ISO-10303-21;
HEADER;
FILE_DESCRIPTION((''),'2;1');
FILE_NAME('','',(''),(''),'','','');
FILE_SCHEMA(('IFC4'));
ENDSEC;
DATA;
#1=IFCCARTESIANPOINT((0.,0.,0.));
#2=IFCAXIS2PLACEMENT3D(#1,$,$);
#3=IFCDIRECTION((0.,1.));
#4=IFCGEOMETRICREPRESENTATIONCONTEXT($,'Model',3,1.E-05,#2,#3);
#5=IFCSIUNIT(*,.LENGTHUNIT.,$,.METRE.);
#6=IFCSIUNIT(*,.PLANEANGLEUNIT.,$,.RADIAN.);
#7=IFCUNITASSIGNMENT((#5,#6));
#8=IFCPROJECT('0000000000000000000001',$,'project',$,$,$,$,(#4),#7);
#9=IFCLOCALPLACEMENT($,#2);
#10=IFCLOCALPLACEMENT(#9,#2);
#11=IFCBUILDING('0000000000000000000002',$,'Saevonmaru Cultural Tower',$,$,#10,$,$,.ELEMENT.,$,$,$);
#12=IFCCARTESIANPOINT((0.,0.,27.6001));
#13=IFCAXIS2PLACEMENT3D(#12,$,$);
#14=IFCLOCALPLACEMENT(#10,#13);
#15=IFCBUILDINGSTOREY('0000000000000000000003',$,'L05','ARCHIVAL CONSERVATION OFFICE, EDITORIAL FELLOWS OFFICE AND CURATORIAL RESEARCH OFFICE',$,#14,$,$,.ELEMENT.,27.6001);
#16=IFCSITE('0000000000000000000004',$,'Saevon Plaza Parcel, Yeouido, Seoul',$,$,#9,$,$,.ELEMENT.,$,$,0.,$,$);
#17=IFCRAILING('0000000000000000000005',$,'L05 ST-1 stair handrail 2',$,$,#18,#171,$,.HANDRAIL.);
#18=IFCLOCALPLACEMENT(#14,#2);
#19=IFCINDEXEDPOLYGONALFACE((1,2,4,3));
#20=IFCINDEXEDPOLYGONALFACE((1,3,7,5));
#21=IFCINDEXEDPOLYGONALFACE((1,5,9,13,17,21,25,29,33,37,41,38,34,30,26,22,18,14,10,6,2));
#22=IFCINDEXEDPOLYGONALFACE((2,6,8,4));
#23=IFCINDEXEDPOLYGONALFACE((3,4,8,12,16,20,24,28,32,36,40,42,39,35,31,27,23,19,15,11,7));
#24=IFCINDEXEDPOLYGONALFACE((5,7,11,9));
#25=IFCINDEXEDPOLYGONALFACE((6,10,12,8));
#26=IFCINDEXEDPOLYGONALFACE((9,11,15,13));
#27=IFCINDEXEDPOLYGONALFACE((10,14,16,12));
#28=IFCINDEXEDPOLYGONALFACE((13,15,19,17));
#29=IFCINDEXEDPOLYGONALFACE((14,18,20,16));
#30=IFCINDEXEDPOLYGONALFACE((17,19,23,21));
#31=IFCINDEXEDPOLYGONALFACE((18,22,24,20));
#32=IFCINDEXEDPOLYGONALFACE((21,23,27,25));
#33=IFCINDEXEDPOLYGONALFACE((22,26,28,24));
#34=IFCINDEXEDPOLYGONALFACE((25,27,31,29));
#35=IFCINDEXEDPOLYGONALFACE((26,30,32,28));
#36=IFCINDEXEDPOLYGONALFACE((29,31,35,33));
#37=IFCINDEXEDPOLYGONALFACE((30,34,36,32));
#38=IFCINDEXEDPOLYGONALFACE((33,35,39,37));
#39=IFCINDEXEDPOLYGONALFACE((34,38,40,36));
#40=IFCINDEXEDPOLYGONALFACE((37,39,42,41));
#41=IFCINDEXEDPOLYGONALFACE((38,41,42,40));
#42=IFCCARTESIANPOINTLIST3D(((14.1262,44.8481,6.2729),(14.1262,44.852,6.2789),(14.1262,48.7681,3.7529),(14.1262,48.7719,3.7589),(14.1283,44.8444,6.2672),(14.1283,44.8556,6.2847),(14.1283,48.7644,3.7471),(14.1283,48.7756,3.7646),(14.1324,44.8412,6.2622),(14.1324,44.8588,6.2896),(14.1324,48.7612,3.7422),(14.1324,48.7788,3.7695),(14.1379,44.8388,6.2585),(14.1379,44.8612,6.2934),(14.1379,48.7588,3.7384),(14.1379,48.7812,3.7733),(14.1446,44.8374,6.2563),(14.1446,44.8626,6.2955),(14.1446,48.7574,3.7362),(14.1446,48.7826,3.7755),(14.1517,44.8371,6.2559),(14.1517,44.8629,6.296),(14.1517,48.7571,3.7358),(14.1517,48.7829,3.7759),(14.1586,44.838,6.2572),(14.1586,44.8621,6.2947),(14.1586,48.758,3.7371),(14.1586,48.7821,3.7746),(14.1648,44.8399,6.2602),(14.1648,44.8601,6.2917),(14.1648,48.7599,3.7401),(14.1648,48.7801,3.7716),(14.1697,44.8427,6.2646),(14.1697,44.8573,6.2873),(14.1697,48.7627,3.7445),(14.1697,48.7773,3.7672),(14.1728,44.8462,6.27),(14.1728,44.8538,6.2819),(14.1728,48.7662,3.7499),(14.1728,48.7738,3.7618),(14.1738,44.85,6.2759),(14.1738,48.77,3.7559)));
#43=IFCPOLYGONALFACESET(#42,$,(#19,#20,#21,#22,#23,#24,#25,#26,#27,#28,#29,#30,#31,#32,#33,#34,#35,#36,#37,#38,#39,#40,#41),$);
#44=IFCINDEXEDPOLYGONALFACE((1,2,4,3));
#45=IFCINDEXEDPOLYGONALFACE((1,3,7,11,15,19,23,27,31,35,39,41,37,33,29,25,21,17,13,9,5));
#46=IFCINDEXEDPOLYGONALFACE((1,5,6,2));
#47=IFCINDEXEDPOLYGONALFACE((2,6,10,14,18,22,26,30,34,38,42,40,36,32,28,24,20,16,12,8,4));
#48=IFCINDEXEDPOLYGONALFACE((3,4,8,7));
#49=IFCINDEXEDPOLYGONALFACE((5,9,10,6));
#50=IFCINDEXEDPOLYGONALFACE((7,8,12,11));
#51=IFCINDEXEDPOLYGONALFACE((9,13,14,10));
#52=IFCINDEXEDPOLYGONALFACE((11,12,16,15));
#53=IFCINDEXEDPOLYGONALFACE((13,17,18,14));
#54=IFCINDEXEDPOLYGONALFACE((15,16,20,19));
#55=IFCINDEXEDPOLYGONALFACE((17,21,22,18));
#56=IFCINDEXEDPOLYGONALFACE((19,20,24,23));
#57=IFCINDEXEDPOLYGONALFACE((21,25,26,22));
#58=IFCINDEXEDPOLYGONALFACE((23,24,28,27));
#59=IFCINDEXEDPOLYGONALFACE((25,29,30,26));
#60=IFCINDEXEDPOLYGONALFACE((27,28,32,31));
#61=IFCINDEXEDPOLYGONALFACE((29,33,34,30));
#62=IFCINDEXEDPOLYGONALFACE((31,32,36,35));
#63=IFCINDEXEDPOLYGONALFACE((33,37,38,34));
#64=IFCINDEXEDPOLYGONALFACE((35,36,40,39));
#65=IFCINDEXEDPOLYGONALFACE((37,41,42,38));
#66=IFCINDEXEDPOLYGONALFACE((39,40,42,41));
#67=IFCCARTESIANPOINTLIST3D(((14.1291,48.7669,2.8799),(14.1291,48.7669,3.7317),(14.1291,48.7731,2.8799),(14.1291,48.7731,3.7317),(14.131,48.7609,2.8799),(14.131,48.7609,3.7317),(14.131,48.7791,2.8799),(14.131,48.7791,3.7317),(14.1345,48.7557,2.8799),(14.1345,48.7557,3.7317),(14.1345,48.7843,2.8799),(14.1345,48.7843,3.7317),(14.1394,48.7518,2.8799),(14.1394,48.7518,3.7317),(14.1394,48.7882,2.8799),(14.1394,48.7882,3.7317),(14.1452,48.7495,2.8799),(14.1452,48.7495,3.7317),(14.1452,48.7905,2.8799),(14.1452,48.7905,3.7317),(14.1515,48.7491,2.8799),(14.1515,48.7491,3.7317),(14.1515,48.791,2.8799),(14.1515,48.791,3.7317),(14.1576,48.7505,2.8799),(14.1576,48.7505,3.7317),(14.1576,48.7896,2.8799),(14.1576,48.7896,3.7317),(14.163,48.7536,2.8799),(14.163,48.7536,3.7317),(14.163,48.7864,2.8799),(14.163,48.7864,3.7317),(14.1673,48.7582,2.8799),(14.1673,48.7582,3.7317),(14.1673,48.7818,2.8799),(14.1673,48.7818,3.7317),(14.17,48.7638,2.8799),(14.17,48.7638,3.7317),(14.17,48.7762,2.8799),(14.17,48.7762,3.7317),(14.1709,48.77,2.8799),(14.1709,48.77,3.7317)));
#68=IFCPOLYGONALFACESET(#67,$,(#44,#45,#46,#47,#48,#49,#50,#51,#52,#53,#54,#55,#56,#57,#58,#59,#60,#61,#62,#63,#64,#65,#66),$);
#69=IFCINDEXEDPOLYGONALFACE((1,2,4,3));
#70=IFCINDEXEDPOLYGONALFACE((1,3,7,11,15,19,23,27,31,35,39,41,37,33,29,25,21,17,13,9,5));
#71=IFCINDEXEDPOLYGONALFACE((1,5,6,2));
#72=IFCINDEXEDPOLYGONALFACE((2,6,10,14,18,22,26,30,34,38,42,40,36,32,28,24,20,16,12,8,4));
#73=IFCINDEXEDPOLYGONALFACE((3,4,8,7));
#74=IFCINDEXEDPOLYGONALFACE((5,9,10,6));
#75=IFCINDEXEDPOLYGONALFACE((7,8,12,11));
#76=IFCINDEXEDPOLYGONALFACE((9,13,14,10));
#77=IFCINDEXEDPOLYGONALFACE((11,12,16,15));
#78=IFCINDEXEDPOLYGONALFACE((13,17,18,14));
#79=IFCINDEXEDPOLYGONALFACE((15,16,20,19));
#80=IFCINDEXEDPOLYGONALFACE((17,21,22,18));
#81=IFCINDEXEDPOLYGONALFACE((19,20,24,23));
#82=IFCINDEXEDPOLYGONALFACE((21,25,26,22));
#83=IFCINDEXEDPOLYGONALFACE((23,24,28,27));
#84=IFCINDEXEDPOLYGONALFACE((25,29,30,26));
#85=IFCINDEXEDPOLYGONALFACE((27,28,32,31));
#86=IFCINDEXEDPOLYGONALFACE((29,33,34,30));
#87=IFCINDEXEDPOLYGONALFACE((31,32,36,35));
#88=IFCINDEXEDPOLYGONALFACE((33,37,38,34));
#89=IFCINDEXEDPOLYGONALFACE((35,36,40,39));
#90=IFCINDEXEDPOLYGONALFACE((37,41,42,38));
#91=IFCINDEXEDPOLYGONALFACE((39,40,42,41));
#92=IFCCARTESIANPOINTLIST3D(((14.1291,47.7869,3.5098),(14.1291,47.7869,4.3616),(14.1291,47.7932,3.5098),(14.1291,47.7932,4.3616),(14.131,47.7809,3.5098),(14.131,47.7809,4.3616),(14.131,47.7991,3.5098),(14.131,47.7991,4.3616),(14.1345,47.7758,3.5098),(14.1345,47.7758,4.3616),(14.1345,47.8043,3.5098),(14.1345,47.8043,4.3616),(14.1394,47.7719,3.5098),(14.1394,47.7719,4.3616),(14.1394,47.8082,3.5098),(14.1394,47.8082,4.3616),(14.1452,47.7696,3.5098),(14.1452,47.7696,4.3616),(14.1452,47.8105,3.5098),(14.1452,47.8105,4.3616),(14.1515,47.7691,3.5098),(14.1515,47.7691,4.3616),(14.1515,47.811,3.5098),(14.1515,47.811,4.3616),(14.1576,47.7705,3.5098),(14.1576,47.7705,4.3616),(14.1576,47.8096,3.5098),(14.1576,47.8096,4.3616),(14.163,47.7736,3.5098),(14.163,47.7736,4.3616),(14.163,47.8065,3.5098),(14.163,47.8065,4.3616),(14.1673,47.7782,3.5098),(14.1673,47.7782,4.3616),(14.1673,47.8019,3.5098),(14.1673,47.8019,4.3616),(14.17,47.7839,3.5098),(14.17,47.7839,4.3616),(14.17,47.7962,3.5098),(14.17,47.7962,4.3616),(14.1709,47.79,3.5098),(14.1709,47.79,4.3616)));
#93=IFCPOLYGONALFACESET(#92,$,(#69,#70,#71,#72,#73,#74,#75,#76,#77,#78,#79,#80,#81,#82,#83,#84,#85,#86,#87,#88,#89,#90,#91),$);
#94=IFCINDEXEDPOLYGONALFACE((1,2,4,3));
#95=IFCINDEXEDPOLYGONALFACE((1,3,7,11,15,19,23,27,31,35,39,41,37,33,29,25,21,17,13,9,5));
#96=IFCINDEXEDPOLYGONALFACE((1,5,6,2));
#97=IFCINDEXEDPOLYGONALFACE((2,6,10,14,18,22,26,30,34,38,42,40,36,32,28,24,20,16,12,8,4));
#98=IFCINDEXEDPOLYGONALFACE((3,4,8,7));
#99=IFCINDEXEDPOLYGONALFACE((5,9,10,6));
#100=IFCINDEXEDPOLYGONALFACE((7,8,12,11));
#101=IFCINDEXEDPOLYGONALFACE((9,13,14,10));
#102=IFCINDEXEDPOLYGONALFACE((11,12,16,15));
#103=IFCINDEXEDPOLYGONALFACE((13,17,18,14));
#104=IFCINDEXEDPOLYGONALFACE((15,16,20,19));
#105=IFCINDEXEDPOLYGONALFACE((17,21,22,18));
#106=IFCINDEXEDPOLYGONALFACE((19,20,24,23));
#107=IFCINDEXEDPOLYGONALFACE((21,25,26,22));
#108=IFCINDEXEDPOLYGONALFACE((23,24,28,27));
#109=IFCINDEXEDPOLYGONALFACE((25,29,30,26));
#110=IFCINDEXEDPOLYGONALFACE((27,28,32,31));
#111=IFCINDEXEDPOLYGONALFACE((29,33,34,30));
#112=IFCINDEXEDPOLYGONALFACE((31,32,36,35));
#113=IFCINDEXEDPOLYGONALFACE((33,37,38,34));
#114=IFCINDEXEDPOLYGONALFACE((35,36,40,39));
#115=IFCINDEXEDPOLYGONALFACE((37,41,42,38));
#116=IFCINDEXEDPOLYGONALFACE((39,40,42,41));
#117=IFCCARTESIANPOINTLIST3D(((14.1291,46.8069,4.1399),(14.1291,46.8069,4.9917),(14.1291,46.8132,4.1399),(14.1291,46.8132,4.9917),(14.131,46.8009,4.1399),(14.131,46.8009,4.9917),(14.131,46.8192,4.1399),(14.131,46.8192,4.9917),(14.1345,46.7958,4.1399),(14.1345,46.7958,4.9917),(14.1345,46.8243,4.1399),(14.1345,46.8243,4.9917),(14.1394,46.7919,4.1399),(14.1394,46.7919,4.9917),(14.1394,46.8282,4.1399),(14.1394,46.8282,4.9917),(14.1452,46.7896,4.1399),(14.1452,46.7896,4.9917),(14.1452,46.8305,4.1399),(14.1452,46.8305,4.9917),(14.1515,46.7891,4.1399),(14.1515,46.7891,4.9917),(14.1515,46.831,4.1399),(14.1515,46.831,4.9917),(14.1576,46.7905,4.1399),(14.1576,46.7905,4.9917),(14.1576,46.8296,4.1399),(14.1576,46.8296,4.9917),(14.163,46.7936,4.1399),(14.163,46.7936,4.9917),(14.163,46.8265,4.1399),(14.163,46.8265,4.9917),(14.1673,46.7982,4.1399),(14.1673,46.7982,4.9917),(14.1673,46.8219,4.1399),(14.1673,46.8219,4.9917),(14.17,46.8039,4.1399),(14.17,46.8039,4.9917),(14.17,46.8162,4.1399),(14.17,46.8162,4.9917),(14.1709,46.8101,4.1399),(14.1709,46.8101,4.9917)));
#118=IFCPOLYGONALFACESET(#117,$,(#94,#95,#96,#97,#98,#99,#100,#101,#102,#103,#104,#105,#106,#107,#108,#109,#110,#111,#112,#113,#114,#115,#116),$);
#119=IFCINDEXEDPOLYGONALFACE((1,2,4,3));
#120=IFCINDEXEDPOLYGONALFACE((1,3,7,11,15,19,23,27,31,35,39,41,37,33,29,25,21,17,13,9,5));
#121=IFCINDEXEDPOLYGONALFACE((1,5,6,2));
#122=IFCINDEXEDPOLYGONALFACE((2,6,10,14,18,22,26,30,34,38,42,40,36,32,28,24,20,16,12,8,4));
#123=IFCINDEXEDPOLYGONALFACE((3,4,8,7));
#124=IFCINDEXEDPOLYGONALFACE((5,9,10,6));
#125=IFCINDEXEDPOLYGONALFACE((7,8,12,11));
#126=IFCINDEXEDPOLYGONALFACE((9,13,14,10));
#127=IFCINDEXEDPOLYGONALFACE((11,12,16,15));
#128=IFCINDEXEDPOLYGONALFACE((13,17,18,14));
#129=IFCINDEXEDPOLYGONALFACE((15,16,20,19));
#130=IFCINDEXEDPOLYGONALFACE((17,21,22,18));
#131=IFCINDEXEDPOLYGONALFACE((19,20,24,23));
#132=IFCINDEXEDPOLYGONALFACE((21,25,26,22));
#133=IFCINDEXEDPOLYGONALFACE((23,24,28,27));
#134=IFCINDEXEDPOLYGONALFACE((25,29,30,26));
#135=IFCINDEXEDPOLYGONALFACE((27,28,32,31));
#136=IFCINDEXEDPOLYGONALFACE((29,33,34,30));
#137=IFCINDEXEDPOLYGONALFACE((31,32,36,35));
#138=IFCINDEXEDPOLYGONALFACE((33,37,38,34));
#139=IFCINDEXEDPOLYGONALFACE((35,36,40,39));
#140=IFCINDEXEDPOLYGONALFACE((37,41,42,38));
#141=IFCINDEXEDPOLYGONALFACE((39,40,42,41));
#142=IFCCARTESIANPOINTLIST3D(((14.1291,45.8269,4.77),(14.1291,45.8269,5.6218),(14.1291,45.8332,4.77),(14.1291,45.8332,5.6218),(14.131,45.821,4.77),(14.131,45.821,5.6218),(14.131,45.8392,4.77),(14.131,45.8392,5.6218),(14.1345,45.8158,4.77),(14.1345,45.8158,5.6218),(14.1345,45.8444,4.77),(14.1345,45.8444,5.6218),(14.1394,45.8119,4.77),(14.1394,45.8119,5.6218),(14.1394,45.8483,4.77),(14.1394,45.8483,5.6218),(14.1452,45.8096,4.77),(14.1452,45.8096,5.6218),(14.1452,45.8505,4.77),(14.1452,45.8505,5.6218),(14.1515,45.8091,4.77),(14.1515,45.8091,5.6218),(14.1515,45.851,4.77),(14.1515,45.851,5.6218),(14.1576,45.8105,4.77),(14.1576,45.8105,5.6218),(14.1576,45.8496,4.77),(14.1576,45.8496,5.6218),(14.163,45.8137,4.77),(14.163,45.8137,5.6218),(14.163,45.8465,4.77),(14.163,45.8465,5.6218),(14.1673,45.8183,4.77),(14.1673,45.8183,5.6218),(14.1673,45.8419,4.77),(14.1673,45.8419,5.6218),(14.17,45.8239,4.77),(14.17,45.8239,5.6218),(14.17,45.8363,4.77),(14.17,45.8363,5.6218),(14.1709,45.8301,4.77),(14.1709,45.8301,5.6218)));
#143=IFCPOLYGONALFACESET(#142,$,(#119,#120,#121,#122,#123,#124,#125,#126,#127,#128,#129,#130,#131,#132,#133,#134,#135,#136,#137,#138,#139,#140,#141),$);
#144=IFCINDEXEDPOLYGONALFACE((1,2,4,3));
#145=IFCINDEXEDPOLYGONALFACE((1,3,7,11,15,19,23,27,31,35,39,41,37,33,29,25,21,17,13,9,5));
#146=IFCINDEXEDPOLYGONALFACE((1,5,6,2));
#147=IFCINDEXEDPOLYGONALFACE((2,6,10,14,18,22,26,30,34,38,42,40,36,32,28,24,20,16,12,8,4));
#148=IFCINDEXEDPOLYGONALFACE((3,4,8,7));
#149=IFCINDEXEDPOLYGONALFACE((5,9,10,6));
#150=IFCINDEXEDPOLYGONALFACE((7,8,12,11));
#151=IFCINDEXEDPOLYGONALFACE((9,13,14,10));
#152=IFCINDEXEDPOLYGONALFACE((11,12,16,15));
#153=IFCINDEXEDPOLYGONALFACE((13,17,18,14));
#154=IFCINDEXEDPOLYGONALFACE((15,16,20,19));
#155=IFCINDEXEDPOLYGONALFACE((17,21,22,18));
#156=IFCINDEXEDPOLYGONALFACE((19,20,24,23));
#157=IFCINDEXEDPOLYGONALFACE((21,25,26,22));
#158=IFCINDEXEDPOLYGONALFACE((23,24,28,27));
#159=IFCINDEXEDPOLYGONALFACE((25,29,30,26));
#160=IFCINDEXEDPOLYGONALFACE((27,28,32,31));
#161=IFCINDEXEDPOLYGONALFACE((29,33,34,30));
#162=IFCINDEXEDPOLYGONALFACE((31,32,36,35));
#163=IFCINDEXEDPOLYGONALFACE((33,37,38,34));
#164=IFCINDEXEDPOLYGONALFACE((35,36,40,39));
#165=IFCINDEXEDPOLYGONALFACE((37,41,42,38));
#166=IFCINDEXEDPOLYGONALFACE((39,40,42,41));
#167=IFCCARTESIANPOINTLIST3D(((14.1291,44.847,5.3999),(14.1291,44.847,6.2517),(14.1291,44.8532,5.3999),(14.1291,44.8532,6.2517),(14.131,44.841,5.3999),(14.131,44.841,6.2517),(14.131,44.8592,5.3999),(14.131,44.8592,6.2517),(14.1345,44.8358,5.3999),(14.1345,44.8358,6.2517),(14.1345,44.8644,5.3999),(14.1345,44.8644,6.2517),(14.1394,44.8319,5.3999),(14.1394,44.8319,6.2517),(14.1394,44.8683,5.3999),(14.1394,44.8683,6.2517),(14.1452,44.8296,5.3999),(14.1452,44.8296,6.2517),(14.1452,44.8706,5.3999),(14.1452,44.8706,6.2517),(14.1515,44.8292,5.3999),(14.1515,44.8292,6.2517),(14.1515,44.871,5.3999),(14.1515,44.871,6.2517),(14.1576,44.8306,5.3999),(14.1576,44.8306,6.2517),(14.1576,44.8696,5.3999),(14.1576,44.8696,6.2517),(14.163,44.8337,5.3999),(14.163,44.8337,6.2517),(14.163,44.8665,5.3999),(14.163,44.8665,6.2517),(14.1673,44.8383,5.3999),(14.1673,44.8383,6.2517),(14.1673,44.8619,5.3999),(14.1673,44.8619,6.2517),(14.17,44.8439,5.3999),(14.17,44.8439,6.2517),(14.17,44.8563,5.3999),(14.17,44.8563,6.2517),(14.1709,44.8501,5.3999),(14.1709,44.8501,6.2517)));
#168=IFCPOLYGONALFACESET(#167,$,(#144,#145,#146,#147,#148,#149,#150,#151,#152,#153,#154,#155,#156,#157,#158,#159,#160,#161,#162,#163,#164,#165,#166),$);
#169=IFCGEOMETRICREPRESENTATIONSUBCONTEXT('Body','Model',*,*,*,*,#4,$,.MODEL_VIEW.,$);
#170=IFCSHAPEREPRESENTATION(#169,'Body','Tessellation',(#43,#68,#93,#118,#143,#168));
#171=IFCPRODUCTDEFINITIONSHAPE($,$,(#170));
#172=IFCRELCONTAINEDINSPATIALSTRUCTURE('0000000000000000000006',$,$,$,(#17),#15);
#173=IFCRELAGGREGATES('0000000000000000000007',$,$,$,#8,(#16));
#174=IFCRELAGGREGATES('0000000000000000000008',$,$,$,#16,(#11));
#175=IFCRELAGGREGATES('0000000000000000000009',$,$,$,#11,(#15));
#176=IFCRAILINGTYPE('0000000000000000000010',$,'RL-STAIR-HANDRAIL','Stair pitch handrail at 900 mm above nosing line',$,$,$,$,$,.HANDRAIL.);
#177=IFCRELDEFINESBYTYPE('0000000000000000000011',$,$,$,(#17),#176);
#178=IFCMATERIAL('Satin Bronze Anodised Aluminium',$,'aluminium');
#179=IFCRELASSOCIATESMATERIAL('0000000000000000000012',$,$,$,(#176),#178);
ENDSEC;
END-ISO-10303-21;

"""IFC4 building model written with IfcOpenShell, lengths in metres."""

from ifc_helpers import new_model, si_unit, direction, frame, origin, origin_2d, place, context, subcontext, project, spatial, circle, extrude, material, type_object, element, save


model = new_model("IFC4")

# Units and contexts
model_context = context("Model", 3, precision=1e-05, world=origin(), true_north=direction((0.0, 1.0)))
body_context = subcontext(model_context, "Body", "Model", "MODEL_VIEW")
ifc_project = project(units=[si_unit("LENGTHUNIT", "METRE"), si_unit("PLANEANGLEUNIT", "RADIAN")], contexts=[model_context])

# Site, building, storey
site_placement = place(None, origin())
site = spatial("IfcSite", under=ifc_project, at=site_placement, Name="Saevon Plaza Parcel, Yeouido, Seoul", CompositionType="ELEMENT", RefElevation=0.0)
building_placement = place(site_placement, origin())
building = spatial("IfcBuilding", under=site, at=building_placement, Name="Saevonmaru Cultural Tower", CompositionType="ELEMENT")
storey_placement = place(building_placement, frame((0.0, 0.0, 27.6001)))
storey = spatial("IfcBuildingStorey", under=building, at=storey_placement, Name="L05", Description="ARCHIVAL CONSERVATION OFFICE, EDITORIAL FELLOWS OFFICE AND CURATORIAL RESEARCH OFFICE", CompositionType="ELEMENT", Elevation=27.6001)

# Shared definitions
ifc_material_1 = material(Name="Satin Bronze Anodised Aluminium", Category="aluminium")

# Railing
railing_type_1 = type_object("IfcRailingType", Name="RL-STAIR-HANDRAIL", Description="Stair pitch handrail at 900 mm above nosing line", PredefinedType="HANDRAIL", material=ifc_material_1)
railing_1_placement = place(storey_placement, frame((14.1499, 48.77, 2.8799)))
element("IfcRailing", 1, at=railing_1_placement, inside=storey, type_object=railing_type_1, Name="L05 ST-1 stair handrail 2", PredefinedType="HANDRAIL", context=body_context, shape_type="SweptSolid", body=[
    extrude(circle(Radius=0.0239, at=origin_2d()), frame((0.0, 0.0, 0.876), z_axis=(0.0, -0.841172, 0.540768), x_axis=(1.0, 0.0, 0.0)), (0.0, 0.0, 1.0), 4.6602),
    extrude(circle(Radius=0.021, at=origin_2d()), origin(), (0.0, 0.0, 1.0), 0.8518),
    extrude(circle(Radius=0.021, at=origin_2d()), frame((0.0, -0.98, 0.6299)), (0.0, 0.0, 1.0), 0.8518),
    extrude(circle(Radius=0.021, at=origin_2d()), frame((0.0, -1.96, 1.26)), (0.0, 0.0, 1.0), 0.8518),
    extrude(circle(Radius=0.021, at=origin_2d()), frame((0.0, -2.9399, 1.8901)), (0.0, 0.0, 1.0), 0.8518),
    extrude(circle(Radius=0.021, at=origin_2d()), frame((0.0, -3.9199, 2.52)), (0.0, 0.0, 1.0), 0.8518),
])

save(model, "model.ifc")
